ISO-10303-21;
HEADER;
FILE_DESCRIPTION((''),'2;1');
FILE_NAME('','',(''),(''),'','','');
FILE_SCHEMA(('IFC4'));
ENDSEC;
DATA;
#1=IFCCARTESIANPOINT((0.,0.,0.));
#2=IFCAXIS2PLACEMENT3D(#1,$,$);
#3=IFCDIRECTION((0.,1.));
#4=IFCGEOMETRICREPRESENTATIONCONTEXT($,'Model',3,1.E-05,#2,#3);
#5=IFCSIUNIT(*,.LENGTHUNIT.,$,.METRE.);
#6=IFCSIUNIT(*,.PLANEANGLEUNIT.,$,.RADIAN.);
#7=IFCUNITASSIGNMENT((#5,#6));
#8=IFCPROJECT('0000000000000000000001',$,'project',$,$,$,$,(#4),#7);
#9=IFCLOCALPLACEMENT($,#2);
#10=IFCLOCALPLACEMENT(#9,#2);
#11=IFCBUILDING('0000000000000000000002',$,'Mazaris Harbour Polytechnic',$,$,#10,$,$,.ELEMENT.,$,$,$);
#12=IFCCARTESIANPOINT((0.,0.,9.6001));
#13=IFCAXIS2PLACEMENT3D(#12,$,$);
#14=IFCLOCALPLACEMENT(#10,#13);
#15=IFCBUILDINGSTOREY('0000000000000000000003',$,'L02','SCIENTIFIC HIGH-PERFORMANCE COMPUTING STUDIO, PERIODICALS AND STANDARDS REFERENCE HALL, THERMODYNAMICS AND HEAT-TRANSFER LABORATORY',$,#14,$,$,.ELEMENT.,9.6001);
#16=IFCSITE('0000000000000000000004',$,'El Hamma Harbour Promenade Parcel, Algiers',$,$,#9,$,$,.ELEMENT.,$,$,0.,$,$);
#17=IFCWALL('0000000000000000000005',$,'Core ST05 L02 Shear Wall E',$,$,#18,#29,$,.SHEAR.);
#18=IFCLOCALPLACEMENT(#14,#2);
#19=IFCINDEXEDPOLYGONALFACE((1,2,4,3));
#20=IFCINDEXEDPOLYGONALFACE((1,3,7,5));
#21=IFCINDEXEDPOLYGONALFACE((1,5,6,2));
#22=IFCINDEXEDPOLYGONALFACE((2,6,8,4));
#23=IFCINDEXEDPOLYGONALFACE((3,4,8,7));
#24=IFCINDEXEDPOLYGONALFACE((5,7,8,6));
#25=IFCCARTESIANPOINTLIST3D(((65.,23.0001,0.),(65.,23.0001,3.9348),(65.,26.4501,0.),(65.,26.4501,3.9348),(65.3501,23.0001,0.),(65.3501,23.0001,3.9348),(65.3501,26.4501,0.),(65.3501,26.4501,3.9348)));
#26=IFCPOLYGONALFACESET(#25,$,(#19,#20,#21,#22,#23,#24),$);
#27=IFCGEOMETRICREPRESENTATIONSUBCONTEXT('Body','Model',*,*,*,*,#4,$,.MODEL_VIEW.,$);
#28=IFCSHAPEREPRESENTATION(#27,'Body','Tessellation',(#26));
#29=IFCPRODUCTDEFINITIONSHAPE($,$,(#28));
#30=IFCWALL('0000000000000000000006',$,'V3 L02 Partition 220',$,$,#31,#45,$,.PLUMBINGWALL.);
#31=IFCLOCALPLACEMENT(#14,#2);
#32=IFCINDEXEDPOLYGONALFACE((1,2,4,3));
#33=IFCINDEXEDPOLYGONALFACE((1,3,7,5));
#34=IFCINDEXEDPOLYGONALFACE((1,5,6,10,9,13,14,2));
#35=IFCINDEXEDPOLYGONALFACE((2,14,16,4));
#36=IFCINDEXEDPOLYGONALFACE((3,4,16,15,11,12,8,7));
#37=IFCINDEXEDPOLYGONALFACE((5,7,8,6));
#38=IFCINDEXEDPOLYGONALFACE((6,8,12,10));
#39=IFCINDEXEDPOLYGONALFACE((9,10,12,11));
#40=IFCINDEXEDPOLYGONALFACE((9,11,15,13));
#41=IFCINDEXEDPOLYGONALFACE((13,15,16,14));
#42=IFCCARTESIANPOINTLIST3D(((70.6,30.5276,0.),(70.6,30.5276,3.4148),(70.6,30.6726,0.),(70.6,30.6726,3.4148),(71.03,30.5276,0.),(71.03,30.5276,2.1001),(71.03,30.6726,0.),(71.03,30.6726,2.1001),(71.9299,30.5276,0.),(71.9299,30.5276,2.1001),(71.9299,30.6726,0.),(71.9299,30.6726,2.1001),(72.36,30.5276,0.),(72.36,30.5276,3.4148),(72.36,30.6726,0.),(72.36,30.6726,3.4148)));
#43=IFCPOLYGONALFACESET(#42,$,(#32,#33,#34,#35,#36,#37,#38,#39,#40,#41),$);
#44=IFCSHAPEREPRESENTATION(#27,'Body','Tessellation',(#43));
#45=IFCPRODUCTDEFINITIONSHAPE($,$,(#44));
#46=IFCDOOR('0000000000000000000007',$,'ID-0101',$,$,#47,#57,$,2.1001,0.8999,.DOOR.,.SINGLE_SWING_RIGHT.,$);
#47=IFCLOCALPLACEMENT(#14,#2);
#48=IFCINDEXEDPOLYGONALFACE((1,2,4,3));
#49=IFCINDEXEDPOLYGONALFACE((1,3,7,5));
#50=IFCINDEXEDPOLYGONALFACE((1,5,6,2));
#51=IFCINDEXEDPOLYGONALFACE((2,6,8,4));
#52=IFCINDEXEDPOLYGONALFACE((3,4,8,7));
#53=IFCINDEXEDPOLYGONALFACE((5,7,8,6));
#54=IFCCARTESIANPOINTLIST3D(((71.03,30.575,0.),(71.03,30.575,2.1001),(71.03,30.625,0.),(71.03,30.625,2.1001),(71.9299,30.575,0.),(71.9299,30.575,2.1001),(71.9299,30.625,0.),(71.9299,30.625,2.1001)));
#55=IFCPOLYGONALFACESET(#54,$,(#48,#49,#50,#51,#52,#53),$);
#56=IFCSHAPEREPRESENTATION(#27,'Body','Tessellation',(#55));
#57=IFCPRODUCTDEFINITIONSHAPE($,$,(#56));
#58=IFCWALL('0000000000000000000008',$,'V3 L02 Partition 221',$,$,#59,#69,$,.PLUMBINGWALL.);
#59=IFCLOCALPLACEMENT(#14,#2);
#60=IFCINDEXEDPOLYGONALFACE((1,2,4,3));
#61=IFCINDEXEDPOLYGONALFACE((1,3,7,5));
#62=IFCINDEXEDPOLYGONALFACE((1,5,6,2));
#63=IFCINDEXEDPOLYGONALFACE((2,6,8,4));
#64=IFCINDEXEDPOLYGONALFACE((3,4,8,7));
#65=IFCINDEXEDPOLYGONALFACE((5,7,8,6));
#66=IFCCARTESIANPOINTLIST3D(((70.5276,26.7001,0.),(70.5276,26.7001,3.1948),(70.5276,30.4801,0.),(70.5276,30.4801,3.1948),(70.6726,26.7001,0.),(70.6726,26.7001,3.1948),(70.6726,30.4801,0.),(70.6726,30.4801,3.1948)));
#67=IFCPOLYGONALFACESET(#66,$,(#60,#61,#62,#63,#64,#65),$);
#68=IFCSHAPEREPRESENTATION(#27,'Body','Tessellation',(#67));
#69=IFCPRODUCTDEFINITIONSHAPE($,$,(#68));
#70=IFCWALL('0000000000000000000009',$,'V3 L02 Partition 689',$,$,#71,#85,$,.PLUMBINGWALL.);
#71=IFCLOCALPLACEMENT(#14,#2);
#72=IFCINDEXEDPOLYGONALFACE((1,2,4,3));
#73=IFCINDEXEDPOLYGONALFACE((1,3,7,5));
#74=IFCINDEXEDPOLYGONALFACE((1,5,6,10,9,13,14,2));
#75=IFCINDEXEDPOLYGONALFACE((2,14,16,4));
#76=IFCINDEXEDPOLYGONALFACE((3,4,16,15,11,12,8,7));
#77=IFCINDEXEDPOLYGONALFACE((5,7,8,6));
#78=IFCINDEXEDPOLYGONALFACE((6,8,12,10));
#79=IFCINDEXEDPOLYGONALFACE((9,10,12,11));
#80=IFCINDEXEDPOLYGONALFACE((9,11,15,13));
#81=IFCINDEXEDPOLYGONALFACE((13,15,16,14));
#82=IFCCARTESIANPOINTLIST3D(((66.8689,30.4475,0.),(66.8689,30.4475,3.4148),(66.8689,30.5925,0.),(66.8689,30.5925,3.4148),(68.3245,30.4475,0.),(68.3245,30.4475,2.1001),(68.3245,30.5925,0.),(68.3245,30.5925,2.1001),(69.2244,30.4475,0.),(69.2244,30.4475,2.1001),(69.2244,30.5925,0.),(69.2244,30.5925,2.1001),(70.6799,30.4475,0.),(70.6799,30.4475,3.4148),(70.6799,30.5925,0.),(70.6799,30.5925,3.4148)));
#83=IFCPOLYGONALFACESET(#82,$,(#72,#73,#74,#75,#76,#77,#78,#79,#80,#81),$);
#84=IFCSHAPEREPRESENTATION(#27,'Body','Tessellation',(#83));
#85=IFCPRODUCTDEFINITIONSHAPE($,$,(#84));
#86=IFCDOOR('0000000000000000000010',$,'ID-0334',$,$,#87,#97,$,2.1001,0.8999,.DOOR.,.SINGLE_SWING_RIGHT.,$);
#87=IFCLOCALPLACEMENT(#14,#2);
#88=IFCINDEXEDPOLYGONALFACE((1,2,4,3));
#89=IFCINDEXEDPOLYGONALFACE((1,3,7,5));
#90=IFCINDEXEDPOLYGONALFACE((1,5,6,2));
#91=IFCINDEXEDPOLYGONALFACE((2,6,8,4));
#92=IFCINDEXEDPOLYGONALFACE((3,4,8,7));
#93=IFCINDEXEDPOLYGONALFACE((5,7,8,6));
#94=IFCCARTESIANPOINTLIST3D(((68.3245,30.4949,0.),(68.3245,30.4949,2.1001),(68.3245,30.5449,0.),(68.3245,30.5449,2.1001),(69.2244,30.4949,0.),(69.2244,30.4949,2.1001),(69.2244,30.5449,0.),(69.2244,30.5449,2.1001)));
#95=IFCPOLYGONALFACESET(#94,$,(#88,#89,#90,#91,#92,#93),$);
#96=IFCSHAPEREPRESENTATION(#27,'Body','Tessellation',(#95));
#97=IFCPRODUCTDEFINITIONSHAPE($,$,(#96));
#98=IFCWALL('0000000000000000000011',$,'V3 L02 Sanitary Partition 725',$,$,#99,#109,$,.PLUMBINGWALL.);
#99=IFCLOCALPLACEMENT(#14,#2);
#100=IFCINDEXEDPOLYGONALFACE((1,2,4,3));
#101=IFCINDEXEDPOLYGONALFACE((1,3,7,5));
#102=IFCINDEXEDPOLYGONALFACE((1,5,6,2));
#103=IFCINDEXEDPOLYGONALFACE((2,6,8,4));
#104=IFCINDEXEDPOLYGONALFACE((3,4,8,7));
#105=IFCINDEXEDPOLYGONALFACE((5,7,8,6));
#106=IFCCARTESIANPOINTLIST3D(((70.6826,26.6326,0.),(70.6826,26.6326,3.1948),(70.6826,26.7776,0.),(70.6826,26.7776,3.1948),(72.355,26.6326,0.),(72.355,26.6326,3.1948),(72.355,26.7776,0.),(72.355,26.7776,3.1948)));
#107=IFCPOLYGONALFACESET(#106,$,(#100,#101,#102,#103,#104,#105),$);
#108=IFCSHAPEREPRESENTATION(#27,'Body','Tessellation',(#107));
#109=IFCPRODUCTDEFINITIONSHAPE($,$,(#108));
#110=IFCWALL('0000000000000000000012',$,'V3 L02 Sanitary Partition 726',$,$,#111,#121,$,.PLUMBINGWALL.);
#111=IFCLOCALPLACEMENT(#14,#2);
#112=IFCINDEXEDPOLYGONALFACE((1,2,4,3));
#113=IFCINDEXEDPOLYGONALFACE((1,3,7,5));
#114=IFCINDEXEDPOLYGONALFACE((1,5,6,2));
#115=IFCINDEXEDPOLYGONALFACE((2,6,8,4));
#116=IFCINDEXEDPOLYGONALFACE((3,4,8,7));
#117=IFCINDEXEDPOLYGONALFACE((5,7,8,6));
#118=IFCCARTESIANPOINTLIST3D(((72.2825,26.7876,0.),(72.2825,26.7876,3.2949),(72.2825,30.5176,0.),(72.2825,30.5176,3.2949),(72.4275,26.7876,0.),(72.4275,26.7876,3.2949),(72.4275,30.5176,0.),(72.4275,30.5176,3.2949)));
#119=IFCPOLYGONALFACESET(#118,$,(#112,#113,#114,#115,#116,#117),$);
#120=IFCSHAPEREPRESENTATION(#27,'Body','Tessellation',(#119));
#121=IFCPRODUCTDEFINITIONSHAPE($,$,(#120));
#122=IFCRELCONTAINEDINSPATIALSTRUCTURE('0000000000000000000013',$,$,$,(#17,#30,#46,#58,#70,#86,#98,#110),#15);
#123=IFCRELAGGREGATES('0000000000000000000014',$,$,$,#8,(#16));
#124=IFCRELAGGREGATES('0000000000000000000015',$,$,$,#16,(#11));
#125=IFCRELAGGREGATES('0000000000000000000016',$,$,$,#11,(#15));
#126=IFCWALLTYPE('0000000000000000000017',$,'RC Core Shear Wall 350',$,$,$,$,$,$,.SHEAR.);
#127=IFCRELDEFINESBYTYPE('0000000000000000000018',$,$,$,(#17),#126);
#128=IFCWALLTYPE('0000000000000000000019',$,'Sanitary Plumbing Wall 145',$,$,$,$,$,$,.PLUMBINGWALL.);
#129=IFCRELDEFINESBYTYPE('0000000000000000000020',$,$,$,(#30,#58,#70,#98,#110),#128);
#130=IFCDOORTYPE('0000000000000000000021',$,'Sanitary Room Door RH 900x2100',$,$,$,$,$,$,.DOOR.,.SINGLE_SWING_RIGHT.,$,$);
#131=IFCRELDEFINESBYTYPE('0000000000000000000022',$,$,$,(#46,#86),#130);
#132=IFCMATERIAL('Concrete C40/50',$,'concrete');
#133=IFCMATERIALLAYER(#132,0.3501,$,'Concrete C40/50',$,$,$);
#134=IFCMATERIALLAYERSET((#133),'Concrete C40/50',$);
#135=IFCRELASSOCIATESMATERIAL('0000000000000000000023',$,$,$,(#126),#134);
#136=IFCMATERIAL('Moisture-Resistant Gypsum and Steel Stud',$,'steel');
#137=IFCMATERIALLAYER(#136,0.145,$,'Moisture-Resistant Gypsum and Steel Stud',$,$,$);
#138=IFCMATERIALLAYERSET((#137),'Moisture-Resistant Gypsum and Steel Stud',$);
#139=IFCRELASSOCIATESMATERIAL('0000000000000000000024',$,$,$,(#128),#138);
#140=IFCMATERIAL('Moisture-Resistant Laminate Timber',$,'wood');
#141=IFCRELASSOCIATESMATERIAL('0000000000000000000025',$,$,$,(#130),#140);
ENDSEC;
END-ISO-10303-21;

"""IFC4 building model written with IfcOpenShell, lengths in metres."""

from ifc_helpers import new_model, si_unit, direction, frame, frame_2d, origin, place, context, subcontext, project, spatial, rectangle, extrude, material, layer, layer_set, type_object, element, fill, save


model = new_model("IFC4")

# Units and contexts
model_context = context("Model", 3, precision=1e-05, world=origin(), true_north=direction((0.0, 1.0)))
body_context = subcontext(model_context, "Body", "Model", "MODEL_VIEW")
ifc_project = project(units=[si_unit("LENGTHUNIT", "METRE"), si_unit("PLANEANGLEUNIT", "RADIAN")], contexts=[model_context])

# Site, building, storey
site_placement = place(None, origin())
site = spatial("IfcSite", under=ifc_project, at=site_placement, Name="El Hamma Harbour Promenade Parcel, Algiers", CompositionType="ELEMENT", RefElevation=0.0)
building_placement = place(site_placement, origin())
building = spatial("IfcBuilding", under=site, at=building_placement, Name="Mazaris Harbour Polytechnic", CompositionType="ELEMENT")
storey_placement = place(building_placement, frame((0.0, 0.0, 9.6001)))
storey = spatial("IfcBuildingStorey", under=building, at=storey_placement, Name="L02", Description="SCIENTIFIC HIGH-PERFORMANCE COMPUTING STUDIO, PERIODICALS AND STANDARDS REFERENCE HALL, THERMODYNAMICS AND HEAT-TRANSFER LABORATORY", CompositionType="ELEMENT", Elevation=9.6001)

# Wall
ifc_material_1 = material(Name="Concrete C40/50", Category="concrete")
ifc_layer_1 = layer(ifc_material_1, 0.3501, Name="Concrete C40/50")
ifc_layer_set_1 = layer_set([ifc_layer_1], Name="Concrete C40/50")
wall_type_1 = type_object("IfcWallType", Name="RC Core Shear Wall 350", PredefinedType="SHEAR", material=ifc_layer_set_1)
wall_1_placement = place(storey_placement, frame((65.175, 23.0, 0.0), z_axis=(0.0, 0.0, 1.0), x_axis=(0.0, 1.0, 0.0)))
element("IfcWall", 1, at=wall_1_placement, inside=storey, type_object=wall_type_1, Name="Core ST05 L02 Shear Wall E", PredefinedType="SHEAR", context=body_context, shape_type="SweptSolid", body=[
    extrude(rectangle(XDim=3.45, YDim=0.3501, at=frame_2d((1.7251, 0.0))), origin(), (0.0, 0.0, 1.0), 3.9348),
])

# Wall, opening, door
ifc_material_2 = material(Name="Moisture-Resistant Gypsum and Steel Stud", Category="steel")
ifc_layer_2 = layer(ifc_material_2, 0.145, Name="Moisture-Resistant Gypsum and Steel Stud")
ifc_layer_set_2 = layer_set([ifc_layer_2], Name="Moisture-Resistant Gypsum and Steel Stud")
wall_type_2 = type_object("IfcWallType", Name="Sanitary Plumbing Wall 145", PredefinedType="PLUMBINGWALL", material=ifc_layer_set_2)
wall_2_placement = place(storey_placement, frame((70.6001, 30.6001, 0.0), z_axis=(0.0, 0.0, 1.0), x_axis=(1.0, 0.0, 0.0)))
wall_2 = element("IfcWall", 2, at=wall_2_placement, inside=storey, type_object=wall_type_2, Name="V3 L02 Partition 220", PredefinedType="PLUMBINGWALL", context=body_context, shape_type="SweptSolid", body=[
    extrude(rectangle(XDim=1.76, YDim=0.145, at=frame_2d((0.8799, 0.0))), origin(), (0.0, 0.0, 1.0), 3.4148),
])
opening_1_placement = place(wall_2_placement, frame((0.4299, 0.0, 0.0)))
opening_1 = element("IfcOpeningElement", 3, at=opening_1_placement, cuts=wall_2, PredefinedType="OPENING", context=body_context, shape_type="SweptSolid", body=[
    extrude(rectangle(XDim=0.8999, YDim=2.1001, at=frame_2d((0.45, 1.05))), frame((0.0, 0.0825, 0.0), z_axis=(0.0, -1.0, 0.0), x_axis=(1.0, 0.0, 0.0)), (0.0, 0.0, 1.0), 0.165),
])
ifc_material_3 = material(Name="Moisture-Resistant Laminate Timber", Category="wood")
door_type_1 = type_object("IfcDoorType", Name="Sanitary Room Door RH 900x2100", OperationType="SINGLE_SWING_RIGHT", PredefinedType="DOOR", material=ifc_material_3)
door_1_placement = place(opening_1_placement, origin())
door_1 = element("IfcDoor", 4, at=door_1_placement, inside=storey, type_object=door_type_1, Name="ID-0101", OperationType="SINGLE_SWING_RIGHT", OverallHeight=2.1001, OverallWidth=0.8999, PredefinedType="DOOR", context=body_context, shape_type="SweptSolid", body=[
    extrude(rectangle(XDim=0.8999, YDim=2.1001, at=frame_2d((0.45, 1.05))), frame((0.0, 0.0249, 0.0), z_axis=(0.0, -1.0, 0.0), x_axis=(1.0, 0.0, 0.0)), (0.0, 0.0, 1.0), 0.05),
])
fill(opening_1, door_1)

# Wall
wall_3_placement = place(storey_placement, frame((70.6001, 26.7, 0.0), z_axis=(0.0, 0.0, 1.0), x_axis=(0.0, 1.0, 0.0)))
element("IfcWall", 5, at=wall_3_placement, inside=storey, type_object=wall_type_2, Name="V3 L02 Partition 221", PredefinedType="PLUMBINGWALL", context=body_context, shape_type="SweptSolid", body=[
    extrude(rectangle(XDim=3.78, YDim=0.145, at=frame_2d((1.8901, 0.0))), origin(), (0.0, 0.0, 1.0), 3.1948),
])

# Wall, opening, door
wall_4_placement = place(storey_placement, frame((66.8689, 30.52, 0.0), z_axis=(0.0, 0.0, 1.0), x_axis=(1.0, 0.0, 0.0)))
wall_4 = element("IfcWall", 6, at=wall_4_placement, inside=storey, type_object=wall_type_2, Name="V3 L02 Partition 689", PredefinedType="PLUMBINGWALL", context=body_context, shape_type="SweptSolid", body=[
    extrude(rectangle(XDim=3.811, YDim=0.145, at=frame_2d((1.9055, 0.0))), origin(), (0.0, 0.0, 1.0), 3.4148),
])
opening_2_placement = place(wall_4_placement, frame((1.4556, 0.0, 0.0)))
opening_2 = element("IfcOpeningElement", 7, at=opening_2_placement, cuts=wall_4, PredefinedType="OPENING", context=body_context, shape_type="SweptSolid", body=[
    extrude(rectangle(XDim=0.8999, YDim=2.1001, at=frame_2d((0.45, 1.05))), frame((0.0, 0.0825, 0.0), z_axis=(0.0, -1.0, 0.0), x_axis=(1.0, 0.0, 0.0)), (0.0, 0.0, 1.0), 0.165),
])
door_2_placement = place(opening_2_placement, origin())
door_2 = element("IfcDoor", 8, at=door_2_placement, inside=storey, type_object=door_type_1, Name="ID-0334", OperationType="SINGLE_SWING_RIGHT", OverallHeight=2.1001, OverallWidth=0.8999, PredefinedType="DOOR", context=body_context, shape_type="SweptSolid", body=[
    extrude(rectangle(XDim=0.8999, YDim=2.1001, at=frame_2d((0.45, 1.05))), frame((0.0, 0.0249, 0.0), z_axis=(0.0, -1.0, 0.0), x_axis=(1.0, 0.0, 0.0)), (0.0, 0.0, 1.0), 0.05),
])
fill(opening_2, door_2)

# Walls
wall_5_placement = place(storey_placement, frame((70.6826, 26.7051, 0.0), z_axis=(0.0, 0.0, 1.0), x_axis=(1.0, 0.0, 0.0)))
element("IfcWall", 9, at=wall_5_placement, inside=storey, type_object=wall_type_2, Name="V3 L02 Sanitary Partition 725", PredefinedType="PLUMBINGWALL", context=body_context, shape_type="SweptSolid", body=[
    extrude(rectangle(XDim=1.6724, YDim=0.145, at=frame_2d((0.8362, 0.0))), origin(), (0.0, 0.0, 1.0), 3.1948),
])
wall_6_placement = place(storey_placement, frame((72.355, 26.7876, 0.0), z_axis=(0.0, 0.0, 1.0), x_axis=(0.0, 1.0, 0.0)))
element("IfcWall", 10, at=wall_6_placement, inside=storey, type_object=wall_type_2, Name="V3 L02 Sanitary Partition 726", PredefinedType="PLUMBINGWALL", context=body_context, shape_type="SweptSolid", body=[
    extrude(rectangle(XDim=3.73, YDim=0.145, at=frame_2d((1.865, 0.0))), origin(), (0.0, 0.0, 1.0), 3.2949),
])

save(model, "model.ifc")
